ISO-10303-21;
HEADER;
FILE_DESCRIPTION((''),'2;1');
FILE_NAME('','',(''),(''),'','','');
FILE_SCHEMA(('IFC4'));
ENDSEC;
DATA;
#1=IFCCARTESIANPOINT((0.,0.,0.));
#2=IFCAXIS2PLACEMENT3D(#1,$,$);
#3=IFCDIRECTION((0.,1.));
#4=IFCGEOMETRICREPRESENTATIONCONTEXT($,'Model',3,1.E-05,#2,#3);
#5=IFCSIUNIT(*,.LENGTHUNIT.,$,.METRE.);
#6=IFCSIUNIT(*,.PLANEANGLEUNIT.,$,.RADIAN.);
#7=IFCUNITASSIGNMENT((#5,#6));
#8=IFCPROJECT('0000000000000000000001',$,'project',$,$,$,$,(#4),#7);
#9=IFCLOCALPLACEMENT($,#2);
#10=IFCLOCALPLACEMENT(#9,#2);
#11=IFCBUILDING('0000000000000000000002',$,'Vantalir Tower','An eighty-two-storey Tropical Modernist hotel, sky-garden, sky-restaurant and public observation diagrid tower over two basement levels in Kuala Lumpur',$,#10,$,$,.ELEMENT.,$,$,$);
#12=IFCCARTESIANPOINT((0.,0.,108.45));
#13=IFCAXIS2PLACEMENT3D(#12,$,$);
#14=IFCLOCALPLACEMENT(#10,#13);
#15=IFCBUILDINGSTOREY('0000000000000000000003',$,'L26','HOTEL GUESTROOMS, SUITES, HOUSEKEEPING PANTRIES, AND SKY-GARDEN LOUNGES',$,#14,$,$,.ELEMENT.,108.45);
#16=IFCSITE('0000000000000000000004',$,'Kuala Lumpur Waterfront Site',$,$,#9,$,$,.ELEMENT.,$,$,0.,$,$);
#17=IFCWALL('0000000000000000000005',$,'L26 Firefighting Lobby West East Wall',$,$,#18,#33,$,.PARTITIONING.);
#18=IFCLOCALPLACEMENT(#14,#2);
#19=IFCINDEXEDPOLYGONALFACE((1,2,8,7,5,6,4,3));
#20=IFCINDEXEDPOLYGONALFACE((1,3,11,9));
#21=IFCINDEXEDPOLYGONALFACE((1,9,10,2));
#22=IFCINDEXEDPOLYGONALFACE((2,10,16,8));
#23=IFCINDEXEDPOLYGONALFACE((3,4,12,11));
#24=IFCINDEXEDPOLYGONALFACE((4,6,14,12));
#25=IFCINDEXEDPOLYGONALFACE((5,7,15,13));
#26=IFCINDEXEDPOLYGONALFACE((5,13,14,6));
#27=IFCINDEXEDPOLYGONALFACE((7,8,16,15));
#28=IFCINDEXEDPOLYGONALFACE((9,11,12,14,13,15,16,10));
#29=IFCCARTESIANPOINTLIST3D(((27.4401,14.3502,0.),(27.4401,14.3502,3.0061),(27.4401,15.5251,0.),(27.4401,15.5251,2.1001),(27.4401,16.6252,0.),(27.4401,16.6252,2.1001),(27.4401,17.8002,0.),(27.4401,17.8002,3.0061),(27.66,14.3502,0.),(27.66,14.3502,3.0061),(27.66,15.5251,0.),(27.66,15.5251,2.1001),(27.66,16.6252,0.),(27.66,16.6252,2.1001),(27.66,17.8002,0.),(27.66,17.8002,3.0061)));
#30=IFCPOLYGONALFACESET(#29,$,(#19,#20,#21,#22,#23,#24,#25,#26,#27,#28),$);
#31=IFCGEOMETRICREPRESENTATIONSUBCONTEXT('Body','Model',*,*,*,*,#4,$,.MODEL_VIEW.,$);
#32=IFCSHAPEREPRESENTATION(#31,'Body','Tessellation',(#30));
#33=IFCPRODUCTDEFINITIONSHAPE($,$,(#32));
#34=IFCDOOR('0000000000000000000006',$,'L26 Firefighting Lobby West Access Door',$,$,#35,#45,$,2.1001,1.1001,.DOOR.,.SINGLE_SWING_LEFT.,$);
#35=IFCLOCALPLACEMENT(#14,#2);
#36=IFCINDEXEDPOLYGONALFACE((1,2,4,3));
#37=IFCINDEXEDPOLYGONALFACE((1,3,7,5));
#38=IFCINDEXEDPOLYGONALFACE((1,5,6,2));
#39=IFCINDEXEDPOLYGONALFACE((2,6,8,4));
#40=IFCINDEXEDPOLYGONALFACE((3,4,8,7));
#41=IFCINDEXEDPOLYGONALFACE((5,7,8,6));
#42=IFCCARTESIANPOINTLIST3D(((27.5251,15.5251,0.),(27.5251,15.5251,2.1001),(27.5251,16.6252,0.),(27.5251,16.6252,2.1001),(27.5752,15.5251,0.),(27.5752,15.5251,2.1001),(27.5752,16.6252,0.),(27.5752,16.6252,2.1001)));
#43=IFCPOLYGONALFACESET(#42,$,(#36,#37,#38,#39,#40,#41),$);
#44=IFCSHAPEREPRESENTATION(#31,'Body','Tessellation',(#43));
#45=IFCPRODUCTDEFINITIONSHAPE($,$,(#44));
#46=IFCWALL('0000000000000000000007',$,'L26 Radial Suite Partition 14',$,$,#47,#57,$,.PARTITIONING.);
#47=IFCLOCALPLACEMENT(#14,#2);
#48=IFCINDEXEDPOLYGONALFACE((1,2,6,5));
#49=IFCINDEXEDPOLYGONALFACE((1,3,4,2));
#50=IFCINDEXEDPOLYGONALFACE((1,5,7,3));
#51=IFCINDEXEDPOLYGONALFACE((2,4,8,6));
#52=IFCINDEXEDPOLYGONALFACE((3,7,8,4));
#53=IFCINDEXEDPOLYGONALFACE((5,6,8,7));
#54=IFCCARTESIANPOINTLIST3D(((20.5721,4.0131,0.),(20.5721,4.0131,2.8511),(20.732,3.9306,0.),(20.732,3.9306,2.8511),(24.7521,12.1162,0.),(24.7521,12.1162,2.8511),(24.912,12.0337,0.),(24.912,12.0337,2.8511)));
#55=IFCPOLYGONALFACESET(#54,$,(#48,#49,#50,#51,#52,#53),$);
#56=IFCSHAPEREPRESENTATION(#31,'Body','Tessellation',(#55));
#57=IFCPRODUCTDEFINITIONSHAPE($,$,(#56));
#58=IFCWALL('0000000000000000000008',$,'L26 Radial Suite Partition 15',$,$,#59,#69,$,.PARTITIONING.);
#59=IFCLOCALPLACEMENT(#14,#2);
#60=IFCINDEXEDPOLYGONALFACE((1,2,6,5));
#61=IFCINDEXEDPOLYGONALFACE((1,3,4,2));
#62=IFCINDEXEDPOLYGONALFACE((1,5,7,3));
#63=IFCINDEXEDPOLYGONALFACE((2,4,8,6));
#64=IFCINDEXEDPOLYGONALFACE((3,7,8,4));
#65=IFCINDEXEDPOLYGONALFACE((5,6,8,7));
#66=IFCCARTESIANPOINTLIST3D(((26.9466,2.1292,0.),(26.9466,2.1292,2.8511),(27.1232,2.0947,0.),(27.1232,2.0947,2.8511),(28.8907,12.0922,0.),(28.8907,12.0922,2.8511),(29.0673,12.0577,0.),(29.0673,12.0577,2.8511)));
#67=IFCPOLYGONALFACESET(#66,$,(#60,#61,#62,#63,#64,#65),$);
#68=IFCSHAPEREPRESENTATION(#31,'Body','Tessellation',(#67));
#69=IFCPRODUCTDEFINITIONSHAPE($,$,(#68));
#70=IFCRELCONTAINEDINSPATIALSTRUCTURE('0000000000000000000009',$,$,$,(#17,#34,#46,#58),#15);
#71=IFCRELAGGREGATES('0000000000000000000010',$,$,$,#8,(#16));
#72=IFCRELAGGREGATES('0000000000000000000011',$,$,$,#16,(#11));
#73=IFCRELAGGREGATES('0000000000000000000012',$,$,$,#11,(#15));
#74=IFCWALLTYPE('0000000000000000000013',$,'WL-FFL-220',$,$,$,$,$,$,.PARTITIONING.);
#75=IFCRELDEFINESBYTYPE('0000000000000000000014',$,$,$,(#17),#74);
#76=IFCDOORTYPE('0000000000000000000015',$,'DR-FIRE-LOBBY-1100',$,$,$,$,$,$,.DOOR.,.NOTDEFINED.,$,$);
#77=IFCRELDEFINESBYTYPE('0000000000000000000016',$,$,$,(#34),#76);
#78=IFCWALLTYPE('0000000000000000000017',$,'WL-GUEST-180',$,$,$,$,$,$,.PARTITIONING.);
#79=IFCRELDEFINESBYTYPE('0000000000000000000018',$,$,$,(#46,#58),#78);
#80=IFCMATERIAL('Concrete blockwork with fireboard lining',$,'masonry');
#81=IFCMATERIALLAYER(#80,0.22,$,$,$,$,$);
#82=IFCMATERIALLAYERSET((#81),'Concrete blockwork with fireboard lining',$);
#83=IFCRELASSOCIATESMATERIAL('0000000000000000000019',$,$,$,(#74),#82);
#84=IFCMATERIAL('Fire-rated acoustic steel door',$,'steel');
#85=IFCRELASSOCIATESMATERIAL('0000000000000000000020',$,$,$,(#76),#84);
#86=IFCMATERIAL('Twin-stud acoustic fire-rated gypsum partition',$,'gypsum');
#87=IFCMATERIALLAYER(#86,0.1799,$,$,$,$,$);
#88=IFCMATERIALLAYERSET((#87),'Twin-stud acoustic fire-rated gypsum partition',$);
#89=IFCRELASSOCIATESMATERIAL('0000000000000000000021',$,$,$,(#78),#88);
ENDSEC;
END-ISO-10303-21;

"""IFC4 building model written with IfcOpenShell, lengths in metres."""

from ifc_helpers import new_model, si_unit, direction, frame, frame_2d, origin, place, context, subcontext, project, spatial, rectangle, extrude, material, layer, layer_set, type_object, element, fill, save


model = new_model("IFC4")

# Units and contexts
model_context = context("Model", 3, precision=1e-05, world=origin(), true_north=direction((0.0, 1.0)))
body_context = subcontext(model_context, "Body", "Model", "MODEL_VIEW")
ifc_project = project(units=[si_unit("LENGTHUNIT", "METRE"), si_unit("PLANEANGLEUNIT", "RADIAN")], contexts=[model_context])

# Site, building, storey
site_placement = place(None, origin())
site = spatial("IfcSite", under=ifc_project, at=site_placement, Name="Kuala Lumpur Waterfront Site", CompositionType="ELEMENT", RefElevation=0.0)
building_placement = place(site_placement, origin())
building = spatial("IfcBuilding", under=site, at=building_placement, Name="Vantalir Tower", Description="An eighty-two-storey Tropical Modernist hotel, sky-garden, sky-restaurant and public observation diagrid tower over two basement levels in Kuala Lumpur", CompositionType="ELEMENT")
storey_placement = place(building_placement, frame((0.0, 0.0, 108.45)))
storey = spatial("IfcBuildingStorey", under=building, at=storey_placement, Name="L26", Description="HOTEL GUESTROOMS, SUITES, HOUSEKEEPING PANTRIES, AND SKY-GARDEN LOUNGES", CompositionType="ELEMENT", Elevation=108.45)

# Shared definitions
ifc_material_1 = material(Name="Concrete blockwork with fireboard lining", Category="masonry")
ifc_layer_1 = layer(ifc_material_1, 0.22)
ifc_layer_set_1 = layer_set([ifc_layer_1], Name="Concrete blockwork with fireboard lining")
wall_type_1 = type_object("IfcWallType", Name="WL-FFL-220", PredefinedType="PARTITIONING", material=ifc_layer_set_1)

# Wall, opening, door
wall_1_placement = place(storey_placement, frame((27.55, 14.3501, 0.0), z_axis=(0.0, 0.0, 1.0), x_axis=(0.0, 1.0, 0.0)))
wall_1 = element("IfcWall", 1, at=wall_1_placement, inside=storey, type_object=wall_type_1, Name="L26 Firefighting Lobby West East Wall", PredefinedType="PARTITIONING", context=body_context, shape_type="SweptSolid", body=[
    extrude(rectangle(XDim=3.45, YDim=0.22, at=frame_2d((1.7251, 0.0))), origin(), (0.0, 0.0, 1.0), 3.0061),
])
opening_1_placement = place(wall_1_placement, frame((1.175, 0.0, 0.0)))
opening_1 = element("IfcOpeningElement", 2, at=opening_1_placement, cuts=wall_1, PredefinedType="OPENING", context=body_context, shape_type="SweptSolid", body=[
    extrude(rectangle(XDim=1.1001, YDim=2.1001, at=frame_2d((0.55, 1.05))), frame((0.0, 0.1199, 0.0), z_axis=(0.0, -1.0, 0.0), x_axis=(1.0, 0.0, 0.0)), (0.0, 0.0, 1.0), 0.24),
])
ifc_material_2 = material(Name="Fire-rated acoustic steel door", Category="steel")
door_type_1 = type_object("IfcDoorType", Name="DR-FIRE-LOBBY-1100", OperationType="NOTDEFINED", PredefinedType="DOOR", material=ifc_material_2)
door_1_placement = place(opening_1_placement, origin())
door_1 = element("IfcDoor", 3, at=door_1_placement, inside=storey, type_object=door_type_1, Name="L26 Firefighting Lobby West Access Door", OperationType="SINGLE_SWING_LEFT", OverallHeight=2.1001, OverallWidth=1.1001, PredefinedType="DOOR", context=body_context, shape_type="SweptSolid", body=[
    extrude(rectangle(XDim=1.1001, YDim=2.1001, at=frame_2d((0.55, 1.05))), frame((0.0, 0.0249, 0.0), z_axis=(0.0, -1.0, 0.0), x_axis=(1.0, 0.0, 0.0)), (0.0, 0.0, 1.0), 0.05),
])
fill(opening_1, door_1)

# Walls
ifc_material_3 = material(Name="Twin-stud acoustic fire-rated gypsum partition", Category="gypsum")
ifc_layer_2 = layer(ifc_material_3, 0.1799)
ifc_layer_set_2 = layer_set([ifc_layer_2], Name="Twin-stud acoustic fire-rated gypsum partition")
wall_type_2 = type_object("IfcWallType", Name="WL-GUEST-180", PredefinedType="PARTITIONING", material=ifc_layer_set_2)
wall_2_placement = place(storey_placement, frame((24.832, 12.075, 0.0), z_axis=(0.0, 0.0, 1.0), x_axis=(-0.458446, -0.888722, 0.0)))
element("IfcWall", 4, at=wall_2_placement, inside=storey, type_object=wall_type_2, Name="L26 Radial Suite Partition 14", PredefinedType="PARTITIONING", context=body_context, shape_type="SweptSolid", body=[
    extrude(rectangle(XDim=9.1177, YDim=0.1799, at=frame_2d((4.5588, 0.0))), origin(), (0.0, 0.0, 1.0), 2.8511),
])
wall_3_placement = place(storey_placement, frame((28.979, 12.075, 0.0), z_axis=(0.0, 0.0, 1.0), x_axis=(-0.191521, -0.981488, 0.0)))
element("IfcWall", 5, at=wall_3_placement, inside=storey, type_object=wall_type_2, Name="L26 Radial Suite Partition 15", PredefinedType="PARTITIONING", context=body_context, shape_type="SweptSolid", body=[
    extrude(rectangle(XDim=10.1509, YDim=0.1799, at=frame_2d((5.0754, 0.0))), origin(), (0.0, 0.0, 1.0), 2.8511),
])

save(model, "model.ifc")
